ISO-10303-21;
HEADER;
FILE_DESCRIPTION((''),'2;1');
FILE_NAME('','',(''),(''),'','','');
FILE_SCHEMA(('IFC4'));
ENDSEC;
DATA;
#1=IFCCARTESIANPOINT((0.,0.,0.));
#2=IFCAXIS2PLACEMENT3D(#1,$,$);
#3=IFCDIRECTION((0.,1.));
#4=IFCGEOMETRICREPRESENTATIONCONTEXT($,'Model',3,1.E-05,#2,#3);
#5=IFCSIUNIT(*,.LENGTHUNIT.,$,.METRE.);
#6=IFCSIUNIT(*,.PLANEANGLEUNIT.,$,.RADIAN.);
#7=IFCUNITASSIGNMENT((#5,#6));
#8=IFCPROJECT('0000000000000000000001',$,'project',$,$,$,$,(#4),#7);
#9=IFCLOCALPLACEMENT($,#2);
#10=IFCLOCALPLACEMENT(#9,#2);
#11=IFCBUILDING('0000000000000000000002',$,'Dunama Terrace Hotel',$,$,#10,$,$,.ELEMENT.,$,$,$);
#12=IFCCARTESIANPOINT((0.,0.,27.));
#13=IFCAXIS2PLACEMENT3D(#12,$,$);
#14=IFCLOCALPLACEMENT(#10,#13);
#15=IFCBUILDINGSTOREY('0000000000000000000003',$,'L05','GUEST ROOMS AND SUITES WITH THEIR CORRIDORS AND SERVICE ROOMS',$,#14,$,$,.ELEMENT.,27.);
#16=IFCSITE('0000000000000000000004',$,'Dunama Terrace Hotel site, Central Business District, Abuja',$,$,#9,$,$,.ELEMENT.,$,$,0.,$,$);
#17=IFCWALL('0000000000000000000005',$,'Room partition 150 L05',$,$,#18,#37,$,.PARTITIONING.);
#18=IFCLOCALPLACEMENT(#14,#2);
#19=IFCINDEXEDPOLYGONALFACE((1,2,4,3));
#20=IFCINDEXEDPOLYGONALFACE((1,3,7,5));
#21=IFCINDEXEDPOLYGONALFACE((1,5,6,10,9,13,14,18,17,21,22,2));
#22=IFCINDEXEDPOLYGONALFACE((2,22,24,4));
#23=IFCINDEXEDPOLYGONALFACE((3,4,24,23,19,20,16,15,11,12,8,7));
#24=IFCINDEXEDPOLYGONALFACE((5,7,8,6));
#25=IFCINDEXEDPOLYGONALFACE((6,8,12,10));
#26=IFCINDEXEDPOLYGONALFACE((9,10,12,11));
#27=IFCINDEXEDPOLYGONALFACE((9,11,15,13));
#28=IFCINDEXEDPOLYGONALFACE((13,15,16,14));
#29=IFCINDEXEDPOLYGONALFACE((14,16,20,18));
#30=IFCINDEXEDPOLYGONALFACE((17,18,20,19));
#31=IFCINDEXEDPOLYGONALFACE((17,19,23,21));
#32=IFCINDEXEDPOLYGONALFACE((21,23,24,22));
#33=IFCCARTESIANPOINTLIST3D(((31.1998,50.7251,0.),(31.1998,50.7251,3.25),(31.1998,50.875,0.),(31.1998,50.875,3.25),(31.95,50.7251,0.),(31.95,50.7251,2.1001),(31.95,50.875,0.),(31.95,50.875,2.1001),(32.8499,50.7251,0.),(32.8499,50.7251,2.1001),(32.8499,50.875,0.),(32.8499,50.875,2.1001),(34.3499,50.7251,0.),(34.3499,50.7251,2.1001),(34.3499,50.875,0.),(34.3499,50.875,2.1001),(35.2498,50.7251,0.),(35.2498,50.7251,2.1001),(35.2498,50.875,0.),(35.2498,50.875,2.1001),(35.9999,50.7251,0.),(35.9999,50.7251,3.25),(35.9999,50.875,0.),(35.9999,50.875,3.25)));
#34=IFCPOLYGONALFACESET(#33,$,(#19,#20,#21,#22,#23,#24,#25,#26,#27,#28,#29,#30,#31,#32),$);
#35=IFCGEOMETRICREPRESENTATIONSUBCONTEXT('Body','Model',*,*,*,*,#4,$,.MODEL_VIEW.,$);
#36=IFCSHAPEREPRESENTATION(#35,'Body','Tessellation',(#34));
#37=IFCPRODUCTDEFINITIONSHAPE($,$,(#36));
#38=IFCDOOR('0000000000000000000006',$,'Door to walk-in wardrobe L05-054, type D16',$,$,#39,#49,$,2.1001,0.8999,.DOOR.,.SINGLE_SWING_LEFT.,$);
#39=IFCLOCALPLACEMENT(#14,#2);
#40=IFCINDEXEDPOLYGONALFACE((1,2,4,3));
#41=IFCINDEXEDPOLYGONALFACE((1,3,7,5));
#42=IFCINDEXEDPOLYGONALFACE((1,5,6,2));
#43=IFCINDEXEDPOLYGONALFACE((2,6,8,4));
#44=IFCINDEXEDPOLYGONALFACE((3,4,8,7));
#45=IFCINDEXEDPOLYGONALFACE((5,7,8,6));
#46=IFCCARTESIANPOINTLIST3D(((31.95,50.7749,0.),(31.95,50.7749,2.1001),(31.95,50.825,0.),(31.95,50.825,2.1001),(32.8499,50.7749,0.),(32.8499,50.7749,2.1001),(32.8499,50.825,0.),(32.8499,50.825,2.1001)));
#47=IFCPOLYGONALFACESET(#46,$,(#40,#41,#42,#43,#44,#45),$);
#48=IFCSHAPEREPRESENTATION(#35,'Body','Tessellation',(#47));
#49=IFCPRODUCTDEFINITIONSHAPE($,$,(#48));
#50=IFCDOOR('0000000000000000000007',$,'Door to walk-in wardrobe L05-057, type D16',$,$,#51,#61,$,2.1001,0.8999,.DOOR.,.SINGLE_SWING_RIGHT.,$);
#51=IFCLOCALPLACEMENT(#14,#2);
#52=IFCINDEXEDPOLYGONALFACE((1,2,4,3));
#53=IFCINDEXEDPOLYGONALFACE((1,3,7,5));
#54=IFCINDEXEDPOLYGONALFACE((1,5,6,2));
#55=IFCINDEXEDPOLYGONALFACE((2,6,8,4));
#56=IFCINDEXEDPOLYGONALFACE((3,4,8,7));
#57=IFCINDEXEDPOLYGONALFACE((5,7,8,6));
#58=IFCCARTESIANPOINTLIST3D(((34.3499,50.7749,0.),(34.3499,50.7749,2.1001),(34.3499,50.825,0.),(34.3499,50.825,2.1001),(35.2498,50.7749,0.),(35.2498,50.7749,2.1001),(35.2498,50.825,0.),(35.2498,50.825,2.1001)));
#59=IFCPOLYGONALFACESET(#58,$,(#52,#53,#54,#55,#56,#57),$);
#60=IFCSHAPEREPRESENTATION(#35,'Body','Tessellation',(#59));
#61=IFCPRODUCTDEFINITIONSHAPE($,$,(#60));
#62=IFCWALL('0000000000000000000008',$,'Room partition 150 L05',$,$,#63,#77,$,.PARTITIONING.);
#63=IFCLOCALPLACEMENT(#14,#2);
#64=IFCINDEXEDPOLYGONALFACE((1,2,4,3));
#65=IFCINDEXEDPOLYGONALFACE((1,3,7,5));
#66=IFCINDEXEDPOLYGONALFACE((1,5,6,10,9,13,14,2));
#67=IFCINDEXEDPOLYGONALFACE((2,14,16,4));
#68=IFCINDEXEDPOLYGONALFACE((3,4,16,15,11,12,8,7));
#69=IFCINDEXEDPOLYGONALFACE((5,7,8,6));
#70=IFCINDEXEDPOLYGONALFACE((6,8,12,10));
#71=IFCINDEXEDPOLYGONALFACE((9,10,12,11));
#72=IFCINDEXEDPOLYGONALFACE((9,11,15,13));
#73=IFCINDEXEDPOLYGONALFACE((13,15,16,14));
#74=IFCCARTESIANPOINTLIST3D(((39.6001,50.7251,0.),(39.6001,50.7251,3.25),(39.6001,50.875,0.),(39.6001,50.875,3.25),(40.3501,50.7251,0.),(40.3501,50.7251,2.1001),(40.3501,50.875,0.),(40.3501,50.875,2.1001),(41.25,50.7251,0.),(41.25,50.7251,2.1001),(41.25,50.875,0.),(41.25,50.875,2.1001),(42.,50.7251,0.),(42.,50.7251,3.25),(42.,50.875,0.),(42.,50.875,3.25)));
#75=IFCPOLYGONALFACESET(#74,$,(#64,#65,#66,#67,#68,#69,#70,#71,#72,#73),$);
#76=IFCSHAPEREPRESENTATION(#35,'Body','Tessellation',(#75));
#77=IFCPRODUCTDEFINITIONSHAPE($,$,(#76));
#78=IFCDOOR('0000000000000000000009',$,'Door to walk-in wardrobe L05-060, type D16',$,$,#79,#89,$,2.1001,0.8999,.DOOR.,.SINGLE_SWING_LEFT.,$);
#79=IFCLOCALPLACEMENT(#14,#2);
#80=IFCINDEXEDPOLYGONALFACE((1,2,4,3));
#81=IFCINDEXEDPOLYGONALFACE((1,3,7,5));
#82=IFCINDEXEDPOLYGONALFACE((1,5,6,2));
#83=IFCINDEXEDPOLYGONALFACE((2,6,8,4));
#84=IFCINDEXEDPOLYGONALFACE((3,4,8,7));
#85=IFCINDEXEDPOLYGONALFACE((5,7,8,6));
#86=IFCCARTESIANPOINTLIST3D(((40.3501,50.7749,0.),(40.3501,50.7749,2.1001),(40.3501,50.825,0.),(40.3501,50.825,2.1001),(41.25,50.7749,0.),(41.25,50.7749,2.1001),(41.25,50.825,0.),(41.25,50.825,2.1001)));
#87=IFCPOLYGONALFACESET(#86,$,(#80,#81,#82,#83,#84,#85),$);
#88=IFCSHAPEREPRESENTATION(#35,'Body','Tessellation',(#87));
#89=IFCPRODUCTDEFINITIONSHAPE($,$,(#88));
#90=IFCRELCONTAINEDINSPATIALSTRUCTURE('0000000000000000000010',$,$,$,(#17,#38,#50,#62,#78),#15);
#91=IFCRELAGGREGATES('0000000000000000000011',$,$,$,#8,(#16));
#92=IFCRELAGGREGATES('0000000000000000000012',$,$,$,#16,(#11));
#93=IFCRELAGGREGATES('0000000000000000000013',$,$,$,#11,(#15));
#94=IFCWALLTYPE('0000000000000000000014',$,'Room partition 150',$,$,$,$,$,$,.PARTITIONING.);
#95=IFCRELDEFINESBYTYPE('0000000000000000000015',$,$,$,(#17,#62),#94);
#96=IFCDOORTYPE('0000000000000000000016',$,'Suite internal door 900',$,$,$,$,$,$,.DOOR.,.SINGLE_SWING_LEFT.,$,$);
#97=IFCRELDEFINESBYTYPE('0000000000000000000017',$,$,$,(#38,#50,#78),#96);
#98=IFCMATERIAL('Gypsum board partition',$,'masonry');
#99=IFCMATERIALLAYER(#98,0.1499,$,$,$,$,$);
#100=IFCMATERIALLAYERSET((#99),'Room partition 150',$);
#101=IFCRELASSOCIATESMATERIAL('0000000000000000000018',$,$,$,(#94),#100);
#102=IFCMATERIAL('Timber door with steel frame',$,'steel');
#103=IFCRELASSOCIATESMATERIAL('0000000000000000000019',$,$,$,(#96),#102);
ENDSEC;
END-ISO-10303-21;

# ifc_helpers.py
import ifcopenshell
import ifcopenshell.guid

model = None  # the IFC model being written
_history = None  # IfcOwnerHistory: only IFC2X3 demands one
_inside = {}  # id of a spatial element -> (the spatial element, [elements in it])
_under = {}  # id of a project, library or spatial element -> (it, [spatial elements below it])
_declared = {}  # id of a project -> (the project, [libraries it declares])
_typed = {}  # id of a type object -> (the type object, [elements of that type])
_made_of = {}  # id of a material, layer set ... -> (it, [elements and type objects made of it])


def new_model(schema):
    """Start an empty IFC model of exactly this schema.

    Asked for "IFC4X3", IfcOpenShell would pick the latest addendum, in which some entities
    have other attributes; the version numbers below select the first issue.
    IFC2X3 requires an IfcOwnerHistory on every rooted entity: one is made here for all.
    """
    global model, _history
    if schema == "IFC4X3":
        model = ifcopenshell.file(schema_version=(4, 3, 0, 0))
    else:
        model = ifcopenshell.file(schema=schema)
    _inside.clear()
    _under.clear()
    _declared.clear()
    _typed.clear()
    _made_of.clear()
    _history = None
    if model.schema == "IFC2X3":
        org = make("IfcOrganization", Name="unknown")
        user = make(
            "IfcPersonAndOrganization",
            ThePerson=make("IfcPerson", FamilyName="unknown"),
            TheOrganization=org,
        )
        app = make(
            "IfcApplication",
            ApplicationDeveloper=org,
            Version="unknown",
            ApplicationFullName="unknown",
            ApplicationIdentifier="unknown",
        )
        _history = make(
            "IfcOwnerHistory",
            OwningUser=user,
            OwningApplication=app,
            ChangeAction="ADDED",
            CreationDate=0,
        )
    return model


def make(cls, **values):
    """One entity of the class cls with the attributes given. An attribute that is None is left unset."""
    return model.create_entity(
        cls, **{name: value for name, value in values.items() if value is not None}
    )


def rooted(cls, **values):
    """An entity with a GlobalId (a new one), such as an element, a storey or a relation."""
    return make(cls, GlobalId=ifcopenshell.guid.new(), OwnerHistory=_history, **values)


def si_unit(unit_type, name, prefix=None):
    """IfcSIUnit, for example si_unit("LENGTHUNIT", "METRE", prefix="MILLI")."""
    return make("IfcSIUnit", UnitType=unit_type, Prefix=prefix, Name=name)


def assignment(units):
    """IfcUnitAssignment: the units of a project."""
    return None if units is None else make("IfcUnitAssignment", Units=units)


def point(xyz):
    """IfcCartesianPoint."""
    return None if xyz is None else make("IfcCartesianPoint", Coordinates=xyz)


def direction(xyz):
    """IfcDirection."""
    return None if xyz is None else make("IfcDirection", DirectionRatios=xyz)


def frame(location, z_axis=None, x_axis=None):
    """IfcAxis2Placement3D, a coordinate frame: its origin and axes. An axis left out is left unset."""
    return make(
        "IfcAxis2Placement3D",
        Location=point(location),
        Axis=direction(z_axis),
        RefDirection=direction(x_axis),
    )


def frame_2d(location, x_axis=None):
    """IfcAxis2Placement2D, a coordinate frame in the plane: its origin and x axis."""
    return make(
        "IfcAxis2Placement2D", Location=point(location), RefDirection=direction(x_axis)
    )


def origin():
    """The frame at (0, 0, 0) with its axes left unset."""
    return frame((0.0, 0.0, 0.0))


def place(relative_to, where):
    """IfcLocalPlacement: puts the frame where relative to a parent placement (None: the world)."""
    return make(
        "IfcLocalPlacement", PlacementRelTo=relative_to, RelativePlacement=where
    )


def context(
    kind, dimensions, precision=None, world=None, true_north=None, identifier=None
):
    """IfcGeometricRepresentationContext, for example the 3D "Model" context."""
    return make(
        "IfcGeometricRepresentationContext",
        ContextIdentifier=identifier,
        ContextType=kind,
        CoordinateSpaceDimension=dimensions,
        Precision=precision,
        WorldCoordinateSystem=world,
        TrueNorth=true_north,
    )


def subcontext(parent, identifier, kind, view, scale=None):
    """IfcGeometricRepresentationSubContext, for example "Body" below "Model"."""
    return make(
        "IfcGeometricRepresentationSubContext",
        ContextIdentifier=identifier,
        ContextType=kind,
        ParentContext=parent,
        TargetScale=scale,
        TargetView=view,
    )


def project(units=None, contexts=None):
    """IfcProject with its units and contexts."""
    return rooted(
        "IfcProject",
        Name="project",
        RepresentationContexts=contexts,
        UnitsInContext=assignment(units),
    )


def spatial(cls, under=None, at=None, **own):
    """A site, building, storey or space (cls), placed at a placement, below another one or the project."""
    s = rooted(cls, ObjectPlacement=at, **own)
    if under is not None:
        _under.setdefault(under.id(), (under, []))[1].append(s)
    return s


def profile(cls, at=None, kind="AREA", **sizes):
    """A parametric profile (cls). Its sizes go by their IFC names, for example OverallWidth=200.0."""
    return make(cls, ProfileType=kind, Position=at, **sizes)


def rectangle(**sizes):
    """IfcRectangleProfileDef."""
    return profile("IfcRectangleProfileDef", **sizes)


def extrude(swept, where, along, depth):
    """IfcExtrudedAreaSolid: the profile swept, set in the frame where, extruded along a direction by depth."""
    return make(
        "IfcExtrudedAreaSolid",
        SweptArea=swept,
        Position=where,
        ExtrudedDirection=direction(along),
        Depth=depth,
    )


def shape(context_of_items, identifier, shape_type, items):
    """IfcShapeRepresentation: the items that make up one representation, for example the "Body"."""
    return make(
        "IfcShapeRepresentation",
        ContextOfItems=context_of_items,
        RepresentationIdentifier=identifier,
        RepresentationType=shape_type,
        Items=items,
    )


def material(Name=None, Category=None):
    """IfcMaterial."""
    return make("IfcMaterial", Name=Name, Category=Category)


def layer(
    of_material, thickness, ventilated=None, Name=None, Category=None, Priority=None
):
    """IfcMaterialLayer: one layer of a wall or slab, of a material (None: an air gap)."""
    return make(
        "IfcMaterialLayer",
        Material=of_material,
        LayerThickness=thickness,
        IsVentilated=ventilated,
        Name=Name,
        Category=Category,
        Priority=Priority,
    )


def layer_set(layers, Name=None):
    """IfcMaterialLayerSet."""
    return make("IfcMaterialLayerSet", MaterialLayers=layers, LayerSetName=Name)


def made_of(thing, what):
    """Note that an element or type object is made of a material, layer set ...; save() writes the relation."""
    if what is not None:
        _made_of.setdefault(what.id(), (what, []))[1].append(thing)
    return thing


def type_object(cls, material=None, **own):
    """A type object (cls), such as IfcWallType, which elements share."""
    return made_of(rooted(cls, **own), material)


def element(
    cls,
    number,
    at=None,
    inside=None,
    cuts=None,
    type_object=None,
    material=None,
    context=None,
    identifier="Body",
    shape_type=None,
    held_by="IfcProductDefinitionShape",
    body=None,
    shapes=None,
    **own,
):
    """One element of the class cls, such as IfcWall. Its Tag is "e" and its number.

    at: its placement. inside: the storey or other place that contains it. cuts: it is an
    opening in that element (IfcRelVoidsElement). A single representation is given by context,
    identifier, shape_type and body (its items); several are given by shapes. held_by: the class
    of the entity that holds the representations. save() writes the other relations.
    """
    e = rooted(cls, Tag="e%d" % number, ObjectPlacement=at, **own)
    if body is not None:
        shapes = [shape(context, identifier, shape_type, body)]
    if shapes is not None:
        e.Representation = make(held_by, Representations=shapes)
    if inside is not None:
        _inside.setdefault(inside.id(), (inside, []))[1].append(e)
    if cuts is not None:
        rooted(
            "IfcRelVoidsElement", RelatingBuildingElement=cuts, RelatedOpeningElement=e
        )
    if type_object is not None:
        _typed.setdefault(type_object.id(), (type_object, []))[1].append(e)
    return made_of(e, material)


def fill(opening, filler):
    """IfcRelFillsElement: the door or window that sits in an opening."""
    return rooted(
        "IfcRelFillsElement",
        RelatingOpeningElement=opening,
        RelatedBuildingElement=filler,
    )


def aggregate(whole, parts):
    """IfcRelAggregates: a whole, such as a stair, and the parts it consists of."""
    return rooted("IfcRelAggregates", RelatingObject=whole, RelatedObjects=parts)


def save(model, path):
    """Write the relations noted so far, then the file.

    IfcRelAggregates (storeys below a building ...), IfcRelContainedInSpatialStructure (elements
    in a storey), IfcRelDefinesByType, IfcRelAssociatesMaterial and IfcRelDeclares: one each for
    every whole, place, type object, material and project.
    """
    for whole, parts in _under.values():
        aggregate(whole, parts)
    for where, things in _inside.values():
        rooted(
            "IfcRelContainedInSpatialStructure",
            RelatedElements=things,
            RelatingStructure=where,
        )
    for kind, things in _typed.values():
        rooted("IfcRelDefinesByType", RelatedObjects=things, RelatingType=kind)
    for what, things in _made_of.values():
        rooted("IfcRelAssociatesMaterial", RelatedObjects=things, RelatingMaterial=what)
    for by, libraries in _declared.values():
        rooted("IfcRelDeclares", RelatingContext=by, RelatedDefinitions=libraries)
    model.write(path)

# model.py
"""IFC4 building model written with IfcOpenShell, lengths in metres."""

from ifc_helpers import new_model, si_unit, direction, frame, frame_2d, origin, place, context, subcontext, project, spatial, rectangle, extrude, material, layer, layer_set, type_object, element, fill, save


model = new_model("IFC4")

# Units and contexts
model_context = context("Model", 3, precision=1e-05, world=origin(), true_north=direction((0.0, 1.0)))
body_context = subcontext(model_context, "Body", "Model", "MODEL_VIEW")
ifc_project = project(units=[si_unit("LENGTHUNIT", "METRE"), si_unit("PLANEANGLEUNIT", "RADIAN")], contexts=[model_context])

# Site, building, storey
site_placement = place(None, origin())
site = spatial("IfcSite", under=ifc_project, at=site_placement, Name="Dunama Terrace Hotel site, Central Business District, Abuja", CompositionType="ELEMENT", RefElevation=0.0)
building_placement = place(site_placement, origin())
building = spatial("IfcBuilding", under=site, at=building_placement, Name="Dunama Terrace Hotel", CompositionType="ELEMENT")
storey_placement = place(building_placement, frame((0.0, 0.0, 27.0)))
storey = spatial("IfcBuildingStorey", under=building, at=storey_placement, Name="L05", Description="GUEST ROOMS AND SUITES WITH THEIR CORRIDORS AND SERVICE ROOMS", CompositionType="ELEMENT", Elevation=27.0)

# Shared definitions
ifc_material_1 = material(Name="Gypsum board partition", Category="masonry")
ifc_layer_1 = layer(ifc_material_1, 0.1499)
ifc_layer_set_1 = layer_set([ifc_layer_1], Name="Room partition 150")
wall_type_1 = type_object("IfcWallType", Name="Room partition 150", PredefinedType="PARTITIONING", material=ifc_layer_set_1)

# Wall, openings, doors
wall_1_placement = place(storey_placement, frame((31.2, 50.8, 0.0), z_axis=(0.0, 0.0, 1.0), x_axis=(1.0, 0.0, 0.0)))
wall_1 = element("IfcWall", 1, at=wall_1_placement, inside=storey, type_object=wall_type_1, Name="Room partition 150 L05", PredefinedType="PARTITIONING", context=body_context, shape_type="SweptSolid", body=[
    extrude(rectangle(XDim=4.8, YDim=0.1499, at=frame_2d((2.3999, 0.0))), origin(), (0.0, 0.0, 1.0), 3.25),
])
opening_1_placement = place(wall_1_placement, frame((0.75, 0.0, 0.0)))
opening_1 = element("IfcOpeningElement", 2, at=opening_1_placement, cuts=wall_1, PredefinedType="OPENING", context=body_context, shape_type="SweptSolid", body=[
    extrude(rectangle(XDim=0.8999, YDim=2.1001, at=frame_2d((0.45, 1.05))), frame((0.0, 0.085, 0.0), z_axis=(0.0, -1.0, 0.0), x_axis=(1.0, 0.0, 0.0)), (0.0, 0.0, 1.0), 0.1699),
])
opening_2_placement = place(wall_1_placement, frame((3.1499, 0.0, 0.0)))
opening_2 = element("IfcOpeningElement", 3, at=opening_2_placement, cuts=wall_1, PredefinedType="OPENING", context=body_context, shape_type="SweptSolid", body=[
    extrude(rectangle(XDim=0.8999, YDim=2.1001, at=frame_2d((0.45, 1.05))), frame((0.0, 0.085, 0.0), z_axis=(0.0, -1.0, 0.0), x_axis=(1.0, 0.0, 0.0)), (0.0, 0.0, 1.0), 0.1699),
])
ifc_material_2 = material(Name="Timber door with steel frame", Category="steel")
door_type_1 = type_object("IfcDoorType", Name="Suite internal door 900", OperationType="SINGLE_SWING_LEFT", PredefinedType="DOOR", material=ifc_material_2)
door_1_placement = place(opening_1_placement, frame((0.8999, 0.0, 0.0), z_axis=(0.0, 0.0, 1.0), x_axis=(-1.0, 0.0, 0.0)))
door_1 = element("IfcDoor", 4, at=door_1_placement, inside=storey, type_object=door_type_1, Name="Door to walk-in wardrobe L05-054, type D16", OperationType="SINGLE_SWING_LEFT", OverallHeight=2.1001, OverallWidth=0.8999, PredefinedType="DOOR", context=body_context, shape_type="SweptSolid", body=[
    extrude(rectangle(XDim=0.8999, YDim=2.1001, at=frame_2d((0.45, 1.05))), frame((0.0, 0.0251, 0.0), z_axis=(0.0, -1.0, 0.0), x_axis=(1.0, 0.0, 0.0)), (0.0, 0.0, 1.0), 0.05),
])
fill(opening_1, door_1)
door_2_placement = place(opening_2_placement, frame((0.8999, 0.0, 0.0), z_axis=(0.0, 0.0, 1.0), x_axis=(-1.0, 0.0, 0.0)))
door_2 = element("IfcDoor", 5, at=door_2_placement, inside=storey, type_object=door_type_1, Name="Door to walk-in wardrobe L05-057, type D16", OperationType="SINGLE_SWING_RIGHT", OverallHeight=2.1001, OverallWidth=0.8999, PredefinedType="DOOR", context=body_context, shape_type="SweptSolid", body=[
    extrude(rectangle(XDim=0.8999, YDim=2.1001, at=frame_2d((0.45, 1.05))), frame((0.0, 0.0251, 0.0), z_axis=(0.0, -1.0, 0.0), x_axis=(1.0, 0.0, 0.0)), (0.0, 0.0, 1.0), 0.05),
])
fill(opening_2, door_2)

# Wall, opening, door
wall_2_placement = place(storey_placement, frame((39.6001, 50.8, 0.0), z_axis=(0.0, 0.0, 1.0), x_axis=(1.0, 0.0, 0.0)))
wall_2 = element("IfcWall", 6, at=wall_2_placement, inside=storey, type_object=wall_type_1, Name="Room partition 150 L05", PredefinedType="PARTITIONING", context=body_context, shape_type="SweptSolid", body=[
    extrude(rectangle(XDim=2.3999, YDim=0.1499, at=frame_2d((1.2, 0.0))), origin(), (0.0, 0.0, 1.0), 3.25),
])
opening_3_placement = place(wall_2_placement, frame((0.75, 0.0, 0.0)))
opening_3 = element("IfcOpeningElement", 7, at=opening_3_placement, cuts=wall_2, PredefinedType="OPENING", context=body_context, shape_type="SweptSolid", body=[
    extrude(rectangle(XDim=0.8999, YDim=2.1001, at=frame_2d((0.45, 1.05))), frame((0.0, 0.085, 0.0), z_axis=(0.0, -1.0, 0.0), x_axis=(1.0, 0.0, 0.0)), (0.0, 0.0, 1.0), 0.1699),
])
door_3_placement = place(opening_3_placement, frame((0.8999, 0.0, 0.0), z_axis=(0.0, 0.0, 1.0), x_axis=(-1.0, 0.0, 0.0)))
door_3 = element("IfcDoor", 8, at=door_3_placement, inside=storey, type_object=door_type_1, Name="Door to walk-in wardrobe L05-060, type D16", OperationType="SINGLE_SWING_LEFT", OverallHeight=2.1001, OverallWidth=0.8999, PredefinedType="DOOR", context=body_context, shape_type="SweptSolid", body=[
    extrude(rectangle(XDim=0.8999, YDim=2.1001, at=frame_2d((0.45, 1.05))), frame((0.0, 0.0251, 0.0), z_axis=(0.0, -1.0, 0.0), x_axis=(1.0, 0.0, 0.0)), (0.0, 0.0, 1.0), 0.05),
])
fill(opening_3, door_3)

save(model, "model.ifc")
